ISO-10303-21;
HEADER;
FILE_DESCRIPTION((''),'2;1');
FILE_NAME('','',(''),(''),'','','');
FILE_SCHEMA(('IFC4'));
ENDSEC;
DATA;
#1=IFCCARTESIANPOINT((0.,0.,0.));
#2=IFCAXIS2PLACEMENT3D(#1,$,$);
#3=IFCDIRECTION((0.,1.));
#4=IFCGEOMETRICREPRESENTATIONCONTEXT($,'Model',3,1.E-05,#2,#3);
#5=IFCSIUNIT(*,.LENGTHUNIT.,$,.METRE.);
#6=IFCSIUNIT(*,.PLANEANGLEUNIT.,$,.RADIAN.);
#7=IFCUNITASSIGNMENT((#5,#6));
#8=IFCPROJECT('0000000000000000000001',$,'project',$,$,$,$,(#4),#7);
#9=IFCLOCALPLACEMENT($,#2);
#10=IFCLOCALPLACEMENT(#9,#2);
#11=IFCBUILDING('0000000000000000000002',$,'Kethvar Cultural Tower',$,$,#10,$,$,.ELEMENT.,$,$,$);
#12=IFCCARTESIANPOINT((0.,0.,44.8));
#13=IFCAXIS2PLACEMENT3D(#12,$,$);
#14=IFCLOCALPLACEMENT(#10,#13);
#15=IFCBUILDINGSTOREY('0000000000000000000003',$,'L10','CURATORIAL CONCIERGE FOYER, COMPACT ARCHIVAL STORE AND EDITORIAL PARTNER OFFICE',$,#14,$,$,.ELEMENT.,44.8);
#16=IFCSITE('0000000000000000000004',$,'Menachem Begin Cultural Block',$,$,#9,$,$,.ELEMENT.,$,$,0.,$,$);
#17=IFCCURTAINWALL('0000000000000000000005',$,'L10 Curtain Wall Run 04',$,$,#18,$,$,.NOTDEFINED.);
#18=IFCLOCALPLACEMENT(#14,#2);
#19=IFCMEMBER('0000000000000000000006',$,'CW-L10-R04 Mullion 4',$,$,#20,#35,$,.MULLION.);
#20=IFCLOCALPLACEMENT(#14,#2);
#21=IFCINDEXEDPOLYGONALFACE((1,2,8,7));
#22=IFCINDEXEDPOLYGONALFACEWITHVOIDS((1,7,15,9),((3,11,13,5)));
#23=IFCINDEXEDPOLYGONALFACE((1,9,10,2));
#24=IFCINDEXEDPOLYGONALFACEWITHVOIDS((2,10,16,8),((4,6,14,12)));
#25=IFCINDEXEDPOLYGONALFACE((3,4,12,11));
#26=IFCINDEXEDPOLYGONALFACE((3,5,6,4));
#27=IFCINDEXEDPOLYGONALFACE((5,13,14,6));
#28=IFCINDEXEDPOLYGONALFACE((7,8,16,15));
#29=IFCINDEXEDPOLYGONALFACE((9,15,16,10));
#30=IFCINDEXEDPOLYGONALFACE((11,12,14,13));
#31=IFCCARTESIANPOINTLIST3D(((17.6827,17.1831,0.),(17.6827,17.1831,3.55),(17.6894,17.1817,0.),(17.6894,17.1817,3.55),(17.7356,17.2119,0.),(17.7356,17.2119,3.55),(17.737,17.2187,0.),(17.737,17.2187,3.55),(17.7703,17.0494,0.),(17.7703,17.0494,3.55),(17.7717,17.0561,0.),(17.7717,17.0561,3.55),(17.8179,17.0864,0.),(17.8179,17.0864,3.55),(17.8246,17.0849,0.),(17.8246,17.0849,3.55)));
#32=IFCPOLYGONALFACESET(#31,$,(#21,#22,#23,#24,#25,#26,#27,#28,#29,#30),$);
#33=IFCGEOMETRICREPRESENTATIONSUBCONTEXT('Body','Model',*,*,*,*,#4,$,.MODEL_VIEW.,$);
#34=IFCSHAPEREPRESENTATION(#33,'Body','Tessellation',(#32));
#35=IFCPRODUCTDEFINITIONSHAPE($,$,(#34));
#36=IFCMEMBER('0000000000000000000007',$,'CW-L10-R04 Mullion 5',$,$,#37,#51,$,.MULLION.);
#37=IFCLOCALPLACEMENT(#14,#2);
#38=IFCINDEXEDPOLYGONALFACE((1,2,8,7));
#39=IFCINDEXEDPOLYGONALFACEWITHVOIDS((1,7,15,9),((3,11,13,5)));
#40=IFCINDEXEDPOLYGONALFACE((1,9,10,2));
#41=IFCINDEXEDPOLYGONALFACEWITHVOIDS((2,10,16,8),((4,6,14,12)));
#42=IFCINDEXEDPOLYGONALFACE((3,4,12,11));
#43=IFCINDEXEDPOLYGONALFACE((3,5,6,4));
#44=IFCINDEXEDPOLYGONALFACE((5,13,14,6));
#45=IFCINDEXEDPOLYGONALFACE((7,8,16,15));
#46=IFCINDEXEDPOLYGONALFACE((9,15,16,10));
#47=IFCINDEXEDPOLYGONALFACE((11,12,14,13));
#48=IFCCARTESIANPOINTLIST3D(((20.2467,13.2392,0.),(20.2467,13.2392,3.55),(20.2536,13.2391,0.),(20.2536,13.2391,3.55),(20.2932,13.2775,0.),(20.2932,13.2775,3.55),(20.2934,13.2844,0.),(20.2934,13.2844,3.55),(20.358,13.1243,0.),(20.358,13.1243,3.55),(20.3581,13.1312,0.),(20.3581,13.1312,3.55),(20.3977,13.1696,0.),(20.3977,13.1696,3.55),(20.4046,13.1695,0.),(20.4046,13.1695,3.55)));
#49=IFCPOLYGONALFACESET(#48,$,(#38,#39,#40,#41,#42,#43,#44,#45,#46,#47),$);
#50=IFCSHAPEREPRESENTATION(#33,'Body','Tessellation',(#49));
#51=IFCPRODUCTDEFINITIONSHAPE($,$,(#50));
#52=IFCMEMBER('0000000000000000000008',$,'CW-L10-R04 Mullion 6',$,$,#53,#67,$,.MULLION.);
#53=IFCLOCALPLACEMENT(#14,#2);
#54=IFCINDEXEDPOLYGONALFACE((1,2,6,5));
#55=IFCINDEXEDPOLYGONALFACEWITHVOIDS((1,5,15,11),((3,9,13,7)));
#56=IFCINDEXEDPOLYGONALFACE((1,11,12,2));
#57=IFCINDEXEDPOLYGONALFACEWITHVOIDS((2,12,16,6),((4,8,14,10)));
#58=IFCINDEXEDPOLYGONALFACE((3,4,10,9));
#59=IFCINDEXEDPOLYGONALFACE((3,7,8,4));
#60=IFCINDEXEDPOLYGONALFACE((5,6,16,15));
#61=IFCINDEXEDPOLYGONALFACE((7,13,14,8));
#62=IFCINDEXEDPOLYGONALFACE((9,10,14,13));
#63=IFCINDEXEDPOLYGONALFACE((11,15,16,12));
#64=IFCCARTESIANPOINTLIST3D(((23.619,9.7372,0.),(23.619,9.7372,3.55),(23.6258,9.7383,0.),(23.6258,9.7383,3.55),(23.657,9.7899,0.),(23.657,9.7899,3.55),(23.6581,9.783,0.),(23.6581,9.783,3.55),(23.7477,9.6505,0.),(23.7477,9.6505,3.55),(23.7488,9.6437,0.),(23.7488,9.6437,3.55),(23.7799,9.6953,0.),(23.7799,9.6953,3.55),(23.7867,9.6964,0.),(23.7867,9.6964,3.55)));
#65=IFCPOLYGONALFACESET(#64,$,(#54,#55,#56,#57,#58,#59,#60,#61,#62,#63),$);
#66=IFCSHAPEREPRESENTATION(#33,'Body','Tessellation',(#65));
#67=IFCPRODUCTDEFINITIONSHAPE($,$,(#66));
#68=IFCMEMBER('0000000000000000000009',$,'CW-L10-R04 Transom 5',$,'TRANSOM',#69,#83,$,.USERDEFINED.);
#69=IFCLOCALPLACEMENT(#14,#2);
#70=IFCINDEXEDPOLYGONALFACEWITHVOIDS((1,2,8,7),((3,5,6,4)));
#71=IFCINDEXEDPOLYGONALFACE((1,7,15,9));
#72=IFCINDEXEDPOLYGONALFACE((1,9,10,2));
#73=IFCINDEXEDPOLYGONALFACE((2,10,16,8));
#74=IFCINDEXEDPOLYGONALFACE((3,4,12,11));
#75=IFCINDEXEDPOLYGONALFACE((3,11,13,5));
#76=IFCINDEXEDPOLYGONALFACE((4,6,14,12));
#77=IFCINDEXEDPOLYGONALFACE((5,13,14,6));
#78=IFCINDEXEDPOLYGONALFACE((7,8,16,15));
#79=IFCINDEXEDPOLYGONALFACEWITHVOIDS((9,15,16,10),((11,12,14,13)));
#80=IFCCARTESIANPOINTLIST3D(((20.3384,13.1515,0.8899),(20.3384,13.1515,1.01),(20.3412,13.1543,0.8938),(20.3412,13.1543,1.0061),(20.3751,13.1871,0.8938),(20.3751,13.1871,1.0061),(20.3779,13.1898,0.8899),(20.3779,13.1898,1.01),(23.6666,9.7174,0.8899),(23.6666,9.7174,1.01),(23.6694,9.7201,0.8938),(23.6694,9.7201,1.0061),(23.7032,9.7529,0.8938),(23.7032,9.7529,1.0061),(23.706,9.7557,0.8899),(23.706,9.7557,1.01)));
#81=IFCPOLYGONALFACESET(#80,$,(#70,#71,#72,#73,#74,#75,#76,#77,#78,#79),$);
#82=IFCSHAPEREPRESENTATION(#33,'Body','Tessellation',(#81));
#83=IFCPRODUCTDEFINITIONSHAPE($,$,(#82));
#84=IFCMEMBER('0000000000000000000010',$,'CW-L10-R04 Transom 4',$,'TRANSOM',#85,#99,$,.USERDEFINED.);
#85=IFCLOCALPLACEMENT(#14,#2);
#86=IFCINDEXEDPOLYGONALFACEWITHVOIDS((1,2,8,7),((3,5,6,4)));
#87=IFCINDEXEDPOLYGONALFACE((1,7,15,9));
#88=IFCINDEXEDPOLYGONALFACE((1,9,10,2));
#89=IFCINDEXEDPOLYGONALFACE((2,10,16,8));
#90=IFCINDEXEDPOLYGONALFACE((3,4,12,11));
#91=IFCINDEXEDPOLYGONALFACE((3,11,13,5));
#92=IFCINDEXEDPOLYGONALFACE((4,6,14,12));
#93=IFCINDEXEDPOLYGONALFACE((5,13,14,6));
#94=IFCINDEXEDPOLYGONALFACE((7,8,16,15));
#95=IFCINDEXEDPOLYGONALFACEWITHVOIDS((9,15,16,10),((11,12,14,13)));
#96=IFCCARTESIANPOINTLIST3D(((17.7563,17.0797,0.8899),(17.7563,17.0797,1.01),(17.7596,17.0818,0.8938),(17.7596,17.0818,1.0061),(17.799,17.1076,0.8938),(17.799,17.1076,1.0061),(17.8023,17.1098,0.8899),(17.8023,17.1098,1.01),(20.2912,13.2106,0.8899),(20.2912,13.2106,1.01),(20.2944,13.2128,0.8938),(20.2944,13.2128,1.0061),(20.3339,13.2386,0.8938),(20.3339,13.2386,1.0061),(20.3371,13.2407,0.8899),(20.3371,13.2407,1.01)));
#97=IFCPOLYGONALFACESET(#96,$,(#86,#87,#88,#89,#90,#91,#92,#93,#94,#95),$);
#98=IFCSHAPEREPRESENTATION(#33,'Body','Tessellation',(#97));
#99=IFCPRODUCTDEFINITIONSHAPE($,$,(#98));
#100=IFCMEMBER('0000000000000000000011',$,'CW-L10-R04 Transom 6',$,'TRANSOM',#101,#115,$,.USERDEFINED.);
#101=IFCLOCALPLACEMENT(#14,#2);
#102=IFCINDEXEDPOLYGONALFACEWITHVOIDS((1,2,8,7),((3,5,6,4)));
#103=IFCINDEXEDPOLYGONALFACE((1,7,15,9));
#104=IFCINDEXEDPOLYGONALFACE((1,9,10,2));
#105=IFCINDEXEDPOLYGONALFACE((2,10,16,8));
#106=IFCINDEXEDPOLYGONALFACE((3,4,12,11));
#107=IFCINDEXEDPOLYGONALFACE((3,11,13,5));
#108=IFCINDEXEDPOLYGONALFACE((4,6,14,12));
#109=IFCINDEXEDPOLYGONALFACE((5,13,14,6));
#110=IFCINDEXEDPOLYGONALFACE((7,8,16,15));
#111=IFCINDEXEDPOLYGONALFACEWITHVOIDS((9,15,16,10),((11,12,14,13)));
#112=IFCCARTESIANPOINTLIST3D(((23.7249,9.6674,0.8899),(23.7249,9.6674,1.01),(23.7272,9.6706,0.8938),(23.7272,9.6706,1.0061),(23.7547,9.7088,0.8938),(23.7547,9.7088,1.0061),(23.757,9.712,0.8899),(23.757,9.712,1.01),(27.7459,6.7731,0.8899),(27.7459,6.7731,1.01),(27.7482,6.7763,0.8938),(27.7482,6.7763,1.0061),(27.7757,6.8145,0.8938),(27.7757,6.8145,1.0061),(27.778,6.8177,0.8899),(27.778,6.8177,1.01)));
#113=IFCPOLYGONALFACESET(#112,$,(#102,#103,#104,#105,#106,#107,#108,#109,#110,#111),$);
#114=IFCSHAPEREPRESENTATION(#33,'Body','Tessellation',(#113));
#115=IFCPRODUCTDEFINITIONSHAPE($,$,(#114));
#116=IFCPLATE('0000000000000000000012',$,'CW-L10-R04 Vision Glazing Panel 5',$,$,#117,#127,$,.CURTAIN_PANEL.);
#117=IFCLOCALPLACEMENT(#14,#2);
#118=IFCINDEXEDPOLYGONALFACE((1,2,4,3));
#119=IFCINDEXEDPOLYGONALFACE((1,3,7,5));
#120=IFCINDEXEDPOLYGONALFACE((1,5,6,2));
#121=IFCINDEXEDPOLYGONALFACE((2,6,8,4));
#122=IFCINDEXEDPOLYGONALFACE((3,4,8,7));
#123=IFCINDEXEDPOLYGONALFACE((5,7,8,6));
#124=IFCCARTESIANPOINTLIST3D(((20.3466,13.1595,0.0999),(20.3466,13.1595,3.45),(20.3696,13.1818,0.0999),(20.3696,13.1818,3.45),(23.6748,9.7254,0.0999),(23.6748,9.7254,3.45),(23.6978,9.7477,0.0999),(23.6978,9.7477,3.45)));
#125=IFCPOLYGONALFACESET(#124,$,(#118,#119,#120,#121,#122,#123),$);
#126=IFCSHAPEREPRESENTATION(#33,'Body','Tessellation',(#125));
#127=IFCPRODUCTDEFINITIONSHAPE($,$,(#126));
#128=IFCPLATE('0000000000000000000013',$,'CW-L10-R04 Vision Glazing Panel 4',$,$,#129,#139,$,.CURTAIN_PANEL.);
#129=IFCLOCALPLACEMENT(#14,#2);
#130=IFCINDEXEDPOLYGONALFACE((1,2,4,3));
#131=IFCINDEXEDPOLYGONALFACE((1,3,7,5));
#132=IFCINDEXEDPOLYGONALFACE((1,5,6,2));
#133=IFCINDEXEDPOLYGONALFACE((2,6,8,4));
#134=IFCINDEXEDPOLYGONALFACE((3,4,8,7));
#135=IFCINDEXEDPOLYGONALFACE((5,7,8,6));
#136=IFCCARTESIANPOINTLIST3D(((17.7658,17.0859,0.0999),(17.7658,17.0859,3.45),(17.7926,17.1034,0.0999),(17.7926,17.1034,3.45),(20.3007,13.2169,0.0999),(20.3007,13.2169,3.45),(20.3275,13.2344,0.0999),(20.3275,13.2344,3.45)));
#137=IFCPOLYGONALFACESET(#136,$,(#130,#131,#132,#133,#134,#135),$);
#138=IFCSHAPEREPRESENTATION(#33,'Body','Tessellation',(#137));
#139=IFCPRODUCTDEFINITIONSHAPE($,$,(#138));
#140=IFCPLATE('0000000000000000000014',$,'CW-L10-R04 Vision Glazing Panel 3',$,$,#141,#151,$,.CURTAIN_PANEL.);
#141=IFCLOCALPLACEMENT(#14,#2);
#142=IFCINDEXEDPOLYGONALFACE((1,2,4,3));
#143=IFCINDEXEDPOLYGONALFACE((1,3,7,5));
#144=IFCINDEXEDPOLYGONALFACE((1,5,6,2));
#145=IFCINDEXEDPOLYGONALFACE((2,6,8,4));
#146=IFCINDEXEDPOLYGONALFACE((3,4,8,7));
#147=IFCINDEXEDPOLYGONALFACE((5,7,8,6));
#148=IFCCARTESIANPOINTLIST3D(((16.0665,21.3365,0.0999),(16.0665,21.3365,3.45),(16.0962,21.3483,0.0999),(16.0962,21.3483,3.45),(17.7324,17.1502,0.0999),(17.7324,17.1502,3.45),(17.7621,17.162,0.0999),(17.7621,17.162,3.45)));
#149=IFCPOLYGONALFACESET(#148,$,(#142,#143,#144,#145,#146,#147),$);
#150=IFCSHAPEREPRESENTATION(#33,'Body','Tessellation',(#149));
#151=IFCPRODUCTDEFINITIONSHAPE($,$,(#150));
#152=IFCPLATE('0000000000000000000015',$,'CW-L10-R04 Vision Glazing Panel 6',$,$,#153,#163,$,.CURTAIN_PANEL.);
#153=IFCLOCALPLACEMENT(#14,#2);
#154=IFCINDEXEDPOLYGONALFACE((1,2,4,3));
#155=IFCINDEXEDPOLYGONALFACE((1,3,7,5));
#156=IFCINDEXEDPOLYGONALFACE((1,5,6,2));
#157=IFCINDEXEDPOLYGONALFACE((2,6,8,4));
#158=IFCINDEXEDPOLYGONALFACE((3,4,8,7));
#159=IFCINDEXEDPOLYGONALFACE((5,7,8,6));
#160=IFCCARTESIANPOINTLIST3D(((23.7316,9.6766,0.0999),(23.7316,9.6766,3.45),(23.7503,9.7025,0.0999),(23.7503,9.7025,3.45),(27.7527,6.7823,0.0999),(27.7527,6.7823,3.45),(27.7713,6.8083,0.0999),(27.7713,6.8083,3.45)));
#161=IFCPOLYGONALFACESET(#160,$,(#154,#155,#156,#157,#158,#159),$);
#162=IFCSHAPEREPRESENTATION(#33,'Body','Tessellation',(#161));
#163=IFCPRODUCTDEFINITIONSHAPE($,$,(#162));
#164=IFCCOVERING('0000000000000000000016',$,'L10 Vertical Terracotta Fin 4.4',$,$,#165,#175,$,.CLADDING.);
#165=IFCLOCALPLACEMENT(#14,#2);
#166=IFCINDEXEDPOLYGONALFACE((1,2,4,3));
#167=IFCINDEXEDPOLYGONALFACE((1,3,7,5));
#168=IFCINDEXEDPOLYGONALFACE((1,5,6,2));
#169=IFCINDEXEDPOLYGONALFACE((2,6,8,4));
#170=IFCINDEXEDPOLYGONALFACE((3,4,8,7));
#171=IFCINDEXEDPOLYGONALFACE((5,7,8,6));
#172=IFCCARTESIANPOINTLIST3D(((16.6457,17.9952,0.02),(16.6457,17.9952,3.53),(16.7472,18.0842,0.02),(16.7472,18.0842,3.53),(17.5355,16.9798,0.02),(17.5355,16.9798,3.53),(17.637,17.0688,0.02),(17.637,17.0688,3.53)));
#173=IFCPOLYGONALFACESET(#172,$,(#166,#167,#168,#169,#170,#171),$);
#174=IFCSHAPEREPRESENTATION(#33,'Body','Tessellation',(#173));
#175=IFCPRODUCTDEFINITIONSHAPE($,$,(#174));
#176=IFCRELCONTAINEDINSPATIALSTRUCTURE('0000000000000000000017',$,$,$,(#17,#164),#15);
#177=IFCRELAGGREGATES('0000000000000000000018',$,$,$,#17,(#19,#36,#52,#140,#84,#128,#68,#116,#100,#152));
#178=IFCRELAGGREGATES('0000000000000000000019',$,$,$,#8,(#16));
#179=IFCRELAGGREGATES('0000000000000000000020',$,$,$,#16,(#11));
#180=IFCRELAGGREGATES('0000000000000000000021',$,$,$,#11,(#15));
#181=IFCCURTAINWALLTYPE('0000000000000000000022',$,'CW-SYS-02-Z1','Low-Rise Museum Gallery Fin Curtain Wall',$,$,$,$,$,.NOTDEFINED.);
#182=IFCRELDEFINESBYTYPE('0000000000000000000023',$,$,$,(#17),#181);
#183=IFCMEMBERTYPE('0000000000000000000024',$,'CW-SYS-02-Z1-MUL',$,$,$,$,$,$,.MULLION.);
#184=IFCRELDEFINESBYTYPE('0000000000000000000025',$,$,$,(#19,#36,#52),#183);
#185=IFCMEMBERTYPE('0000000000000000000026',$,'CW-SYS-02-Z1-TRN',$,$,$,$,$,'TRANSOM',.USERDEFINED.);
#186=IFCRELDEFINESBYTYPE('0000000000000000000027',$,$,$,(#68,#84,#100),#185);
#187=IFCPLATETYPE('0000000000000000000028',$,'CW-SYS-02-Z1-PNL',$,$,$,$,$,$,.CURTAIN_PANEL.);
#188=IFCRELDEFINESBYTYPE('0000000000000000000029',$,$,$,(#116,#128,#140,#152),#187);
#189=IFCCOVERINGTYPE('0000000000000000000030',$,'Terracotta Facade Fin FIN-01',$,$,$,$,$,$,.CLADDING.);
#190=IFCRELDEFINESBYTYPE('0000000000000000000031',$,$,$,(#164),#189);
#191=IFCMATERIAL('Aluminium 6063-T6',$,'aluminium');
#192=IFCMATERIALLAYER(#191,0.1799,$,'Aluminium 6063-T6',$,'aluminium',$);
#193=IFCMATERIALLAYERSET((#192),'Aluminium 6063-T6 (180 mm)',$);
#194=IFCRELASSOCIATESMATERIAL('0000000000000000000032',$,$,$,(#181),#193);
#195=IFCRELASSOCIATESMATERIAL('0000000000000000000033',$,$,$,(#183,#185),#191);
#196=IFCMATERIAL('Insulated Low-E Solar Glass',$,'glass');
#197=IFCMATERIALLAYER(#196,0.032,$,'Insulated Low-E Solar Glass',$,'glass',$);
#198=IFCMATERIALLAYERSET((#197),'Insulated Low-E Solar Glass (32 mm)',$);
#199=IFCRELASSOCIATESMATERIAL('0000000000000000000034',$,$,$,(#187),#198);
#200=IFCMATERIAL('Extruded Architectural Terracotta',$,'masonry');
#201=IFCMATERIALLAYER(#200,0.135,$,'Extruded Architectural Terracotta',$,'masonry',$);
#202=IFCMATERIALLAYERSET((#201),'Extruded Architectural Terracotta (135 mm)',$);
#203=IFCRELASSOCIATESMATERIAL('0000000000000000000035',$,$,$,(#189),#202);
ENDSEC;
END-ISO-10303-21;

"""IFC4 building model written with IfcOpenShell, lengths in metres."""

from ifc_helpers import new_model, si_unit, direction, frame, origin, origin_2d, place, context, subcontext, project, spatial, rectangle, hollow_rectangle, extrude, source, transform, mapped, material, layer, layer_set, material_profile, profile_set, type_object, element, aggregate, save


model = new_model("IFC4")

# Units and contexts
model_context = context("Model", 3, precision=1e-05, world=origin(), true_north=direction((0.0, 1.0)))
body_context = subcontext(model_context, "Body", "Model", "MODEL_VIEW")
ifc_project = project(units=[si_unit("LENGTHUNIT", "METRE"), si_unit("PLANEANGLEUNIT", "RADIAN")], contexts=[model_context])

# Site, building, storey
site_placement = place(None, origin())
site = spatial("IfcSite", under=ifc_project, at=site_placement, Name="Menachem Begin Cultural Block", CompositionType="ELEMENT", RefElevation=0.0)
building_placement = place(site_placement, origin())
building = spatial("IfcBuilding", under=site, at=building_placement, Name="Kethvar Cultural Tower", CompositionType="ELEMENT")
storey_placement = place(building_placement, frame((0.0, 0.0, 44.8)))
storey = spatial("IfcBuildingStorey", under=building, at=storey_placement, Name="L10", Description="CURATORIAL CONCIERGE FOYER, COMPACT ARCHIVAL STORE AND EDITORIAL PARTNER OFFICE", CompositionType="ELEMENT", Elevation=44.8)

# Curtain wall, members, plates
ifc_material_1 = material(Name="Aluminium 6063-T6", Category="aluminium")
ifc_layer_1 = layer(ifc_material_1, 0.1799, Name="Aluminium 6063-T6", Category="aluminium")
ifc_layer_set_1 = layer_set([ifc_layer_1], Name="Aluminium 6063-T6 (180 mm)")
curtain_wall_type = type_object("IfcCurtainWallType", Name="CW-SYS-02-Z1", Description="Low-Rise Museum Gallery Fin Curtain Wall", PredefinedType="NOTDEFINED", material=ifc_layer_set_1)
curtain_wall_placement = place(storey_placement, origin())
curtain_wall = element("IfcCurtainWall", 1, at=curtain_wall_placement, inside=storey, type_object=curtain_wall_type, Name="L10 Curtain Wall Run 04", PredefinedType="NOTDEFINED")
ifc_material_profile_1 = material_profile(ifc_material_1, hollow_rectangle(XDim=0.0649, YDim=0.1599, WallThickness=0.0049, at=origin_2d()), Name="Aluminium 6063-T6 — RHS160x65x5")
ifc_profile_set_1 = profile_set([ifc_material_profile_1], Name="Aluminium 6063-T6 — RHS160x65x5")
member_type_1 = type_object("IfcMemberType", Name="CW-SYS-02-Z1-MUL", PredefinedType="MULLION", material=ifc_profile_set_1)
shared_shape_1 = source(origin(), body_context, "Body", "SweptSolid", [
    extrude(hollow_rectangle(XDim=0.0649, YDim=0.1599, WallThickness=0.0049, at=origin_2d()), origin(), (0.0, 0.0, 1.0), 3.55),
])
member_1_placement = place(storey_placement, frame((17.7537, 17.134, 0.0), z_axis=(0.0, 0.0, 1.0), x_axis=(0.836458, 0.54803, 0.0)))
member_1 = element("IfcMember", 2, at=member_1_placement, type_object=member_type_1, Name="CW-L10-R04 Mullion 4", PredefinedType="MULLION", context=body_context, shape_type="MappedRepresentation", body=[
    mapped(shared_shape_1, transform((0.0, 0.0, 0.0), scale=1.0)),
])
member_2_placement = place(storey_placement, frame((20.3257, 13.2043, 0.0), z_axis=(0.0, 0.0, 1.0), x_axis=(0.71809, 0.69595, 0.0)))
member_2 = element("IfcMember", 3, at=member_2_placement, type_object=member_type_1, Name="CW-L10-R04 Mullion 5", PredefinedType="MULLION", context=body_context, shape_type="MappedRepresentation", body=[
    mapped(shared_shape_1, transform((0.0, 0.0, 0.0), scale=1.0)),
])
member_3_placement = place(storey_placement, frame((23.7029, 9.7168, 0.0), z_axis=(0.0, 0.0, 1.0), x_axis=(0.584179, 0.811625, 0.0)))
member_3 = element("IfcMember", 4, at=member_3_placement, type_object=member_type_1, Name="CW-L10-R04 Mullion 6", PredefinedType="MULLION", context=body_context, shape_type="MappedRepresentation", body=[
    mapped(shared_shape_1, transform((0.0, 0.0, 0.0), scale=1.0)),
])
ifc_material_profile_2 = material_profile(ifc_material_1, hollow_rectangle(XDim=0.0549, YDim=0.1201, WallThickness=0.0039, at=origin_2d()), Name="Aluminium 6063-T6 — RHS120x55x4")
ifc_profile_set_2 = profile_set([ifc_material_profile_2], Name="Aluminium 6063-T6 — RHS120x55x4")
member_type_2 = type_object("IfcMemberType", Name="CW-SYS-02-Z1-TRN", ElementType="TRANSOM", PredefinedType="USERDEFINED", material=ifc_profile_set_2)
shared_shape_2 = source(origin(), body_context, "Body", "SweptSolid", [
    extrude(hollow_rectangle(XDim=0.0549, YDim=0.1201, WallThickness=0.0039, at=origin_2d()), origin(), (0.0, 0.0, 1.0), 4.7822),
])
member_4_placement = place(storey_placement, frame((20.3582, 13.1707, 0.95), z_axis=(0.695942, -0.718098, 0.0), x_axis=(0.718098, 0.695942, 0.0)))
member_4 = element("IfcMember", 5, at=member_4_placement, type_object=member_type_2, Name="CW-L10-R04 Transom 5", ObjectType="TRANSOM", PredefinedType="USERDEFINED", context=body_context, shape_type="MappedRepresentation", body=[
    mapped(shared_shape_2, transform((0.0, 0.0, 0.0), scale=1.0)),
])
shared_shape_3 = source(origin(), body_context, "Body", "SweptSolid", [
    extrude(hollow_rectangle(XDim=0.0549, YDim=0.1201, WallThickness=0.0039, at=origin_2d()), origin(), (0.0, 0.0, 1.0), 4.6255),
])
member_5_placement = place(storey_placement, frame((17.7793, 17.0947, 0.95), z_axis=(0.54802, -0.836465, 0.0), x_axis=(0.836465, 0.54802, 0.0)))
member_5 = element("IfcMember", 6, at=member_5_placement, type_object=member_type_2, Name="CW-L10-R04 Transom 4", ObjectType="TRANSOM", PredefinedType="USERDEFINED", context=body_context, shape_type="MappedRepresentation", body=[
    mapped(shared_shape_3, transform((0.0, 0.0, 0.0), scale=1.0)),
])
shared_shape_4 = source(origin(), body_context, "Body", "SweptSolid", [
    extrude(hollow_rectangle(XDim=0.0549, YDim=0.1201, WallThickness=0.0039, at=origin_2d()), origin(), (0.0, 0.0, 1.0), 4.9543),
])
member_6_placement = place(storey_placement, frame((23.741, 9.6897, 0.95), z_axis=(0.811614, -0.584194, 0.0), x_axis=(0.584194, 0.811614, 0.0)))
member_6 = element("IfcMember", 7, at=member_6_placement, type_object=member_type_2, Name="CW-L10-R04 Transom 6", ObjectType="TRANSOM", PredefinedType="USERDEFINED", context=body_context, shape_type="MappedRepresentation", body=[
    mapped(shared_shape_4, transform((0.0, 0.0, 0.0), scale=1.0)),
])
ifc_material_2 = material(Name="Insulated Low-E Solar Glass", Category="glass")
ifc_layer_2 = layer(ifc_material_2, 0.032, Name="Insulated Low-E Solar Glass", Category="glass")
ifc_layer_set_2 = layer_set([ifc_layer_2], Name="Insulated Low-E Solar Glass (32 mm)")
plate_type = type_object("IfcPlateType", Name="CW-SYS-02-Z1-PNL", PredefinedType="CURTAIN_PANEL", material=ifc_layer_set_2)
shared_shape_5 = source(origin(), body_context, "Body", "SweptSolid", [
    extrude(rectangle(XDim=4.7822, YDim=0.032, at=origin_2d()), origin(), (0.0, 0.0, 1.0), 3.3501),
])
plate_1_placement = place(storey_placement, frame((22.0222, 11.4536, 0.0999), z_axis=(0.0, 0.0, 1.0), x_axis=(0.69595, -0.71809, 0.0)))
plate_1 = element("IfcPlate", 8, at=plate_1_placement, type_object=plate_type, Name="CW-L10-R04 Vision Glazing Panel 5", PredefinedType="CURTAIN_PANEL", context=body_context, shape_type="MappedRepresentation", body=[
    mapped(shared_shape_5, transform((0.0, 0.0, 0.0), scale=1.0)),
])
shared_shape_6 = source(origin(), body_context, "Body", "SweptSolid", [
    extrude(rectangle(XDim=4.6255, YDim=0.032, at=origin_2d()), origin(), (0.0, 0.0, 1.0), 3.3501),
])
plate_2_placement = place(storey_placement, frame((19.0466, 15.1602, 0.0999), z_axis=(0.0, 0.0, 1.0), x_axis=(0.54803, -0.836458, 0.0)))
plate_2 = element("IfcPlate", 9, at=plate_2_placement, type_object=plate_type, Name="CW-L10-R04 Vision Glazing Panel 4", PredefinedType="CURTAIN_PANEL", context=body_context, shape_type="MappedRepresentation", body=[
    mapped(shared_shape_6, transform((0.0, 0.0, 0.0), scale=1.0)),
])
shared_shape_7 = source(origin(), body_context, "Body", "SweptSolid", [
    extrude(rectangle(XDim=4.5056, YDim=0.032, at=origin_2d()), origin(), (0.0, 0.0, 1.0), 3.3501),
])
plate_3_placement = place(storey_placement, frame((16.9143, 19.2493, 0.0999), z_axis=(0.0, 0.0, 1.0), x_axis=(0.369747, -0.929133, 0.0)))
plate_3 = element("IfcPlate", 10, at=plate_3_placement, type_object=plate_type, Name="CW-L10-R04 Vision Glazing Panel 3", PredefinedType="CURTAIN_PANEL", context=body_context, shape_type="MappedRepresentation", body=[
    mapped(shared_shape_7, transform((0.0, 0.0, 0.0), scale=1.0)),
])
shared_shape_8 = source(origin(), body_context, "Body", "SweptSolid", [
    extrude(rectangle(XDim=4.9543, YDim=0.032, at=origin_2d()), origin(), (0.0, 0.0, 1.0), 3.3501),
])
plate_4_placement = place(storey_placement, frame((25.7515, 8.2424, 0.0999), z_axis=(0.0, 0.0, 1.0), x_axis=(0.811625, -0.584179, 0.0)))
plate_4 = element("IfcPlate", 11, at=plate_4_placement, type_object=plate_type, Name="CW-L10-R04 Vision Glazing Panel 6", PredefinedType="CURTAIN_PANEL", context=body_context, shape_type="MappedRepresentation", body=[
    mapped(shared_shape_8, transform((0.0, 0.0, 0.0), scale=1.0)),
])
aggregate(curtain_wall, [member_1, member_2, member_3, plate_3, member_5, plate_2, member_4, plate_1, member_6, plate_4])

# Covering
ifc_material_3 = material(Name="Extruded Architectural Terracotta", Category="masonry")
ifc_layer_3 = layer(ifc_material_3, 0.135, Name="Extruded Architectural Terracotta", Category="masonry")
ifc_layer_set_3 = layer_set([ifc_layer_3], Name="Extruded Architectural Terracotta (135 mm)")
covering_type = type_object("IfcCoveringType", Name="Terracotta Facade Fin FIN-01", PredefinedType="CLADDING", material=ifc_layer_set_3)
shared_shape_9 = source(origin(), body_context, "Body", "SweptSolid", [
    extrude(rectangle(XDim=1.3501, YDim=0.135, at=origin_2d()), origin(), (0.0, 0.0, 1.0), 3.51),
])
for number, where, z_axis, x_axis, name in (
    (12, (17.1414, 17.532, 0.02), (0.0, 0.0, 1.0), (-0.659083, 0.75207, 0.0), "L10 Vertical Terracotta Fin 4.4"),
):
    element("IfcCovering", number, at=place(storey_placement, frame(where, z_axis=z_axis, x_axis=x_axis)), inside=storey, type_object=covering_type, Name=name, PredefinedType="CLADDING", context=body_context, shape_type="MappedRepresentation", body=[
        mapped(shared_shape_9, transform((0.0, 0.0, 0.0), scale=1.0)),
    ])

save(model, "model.ifc")
